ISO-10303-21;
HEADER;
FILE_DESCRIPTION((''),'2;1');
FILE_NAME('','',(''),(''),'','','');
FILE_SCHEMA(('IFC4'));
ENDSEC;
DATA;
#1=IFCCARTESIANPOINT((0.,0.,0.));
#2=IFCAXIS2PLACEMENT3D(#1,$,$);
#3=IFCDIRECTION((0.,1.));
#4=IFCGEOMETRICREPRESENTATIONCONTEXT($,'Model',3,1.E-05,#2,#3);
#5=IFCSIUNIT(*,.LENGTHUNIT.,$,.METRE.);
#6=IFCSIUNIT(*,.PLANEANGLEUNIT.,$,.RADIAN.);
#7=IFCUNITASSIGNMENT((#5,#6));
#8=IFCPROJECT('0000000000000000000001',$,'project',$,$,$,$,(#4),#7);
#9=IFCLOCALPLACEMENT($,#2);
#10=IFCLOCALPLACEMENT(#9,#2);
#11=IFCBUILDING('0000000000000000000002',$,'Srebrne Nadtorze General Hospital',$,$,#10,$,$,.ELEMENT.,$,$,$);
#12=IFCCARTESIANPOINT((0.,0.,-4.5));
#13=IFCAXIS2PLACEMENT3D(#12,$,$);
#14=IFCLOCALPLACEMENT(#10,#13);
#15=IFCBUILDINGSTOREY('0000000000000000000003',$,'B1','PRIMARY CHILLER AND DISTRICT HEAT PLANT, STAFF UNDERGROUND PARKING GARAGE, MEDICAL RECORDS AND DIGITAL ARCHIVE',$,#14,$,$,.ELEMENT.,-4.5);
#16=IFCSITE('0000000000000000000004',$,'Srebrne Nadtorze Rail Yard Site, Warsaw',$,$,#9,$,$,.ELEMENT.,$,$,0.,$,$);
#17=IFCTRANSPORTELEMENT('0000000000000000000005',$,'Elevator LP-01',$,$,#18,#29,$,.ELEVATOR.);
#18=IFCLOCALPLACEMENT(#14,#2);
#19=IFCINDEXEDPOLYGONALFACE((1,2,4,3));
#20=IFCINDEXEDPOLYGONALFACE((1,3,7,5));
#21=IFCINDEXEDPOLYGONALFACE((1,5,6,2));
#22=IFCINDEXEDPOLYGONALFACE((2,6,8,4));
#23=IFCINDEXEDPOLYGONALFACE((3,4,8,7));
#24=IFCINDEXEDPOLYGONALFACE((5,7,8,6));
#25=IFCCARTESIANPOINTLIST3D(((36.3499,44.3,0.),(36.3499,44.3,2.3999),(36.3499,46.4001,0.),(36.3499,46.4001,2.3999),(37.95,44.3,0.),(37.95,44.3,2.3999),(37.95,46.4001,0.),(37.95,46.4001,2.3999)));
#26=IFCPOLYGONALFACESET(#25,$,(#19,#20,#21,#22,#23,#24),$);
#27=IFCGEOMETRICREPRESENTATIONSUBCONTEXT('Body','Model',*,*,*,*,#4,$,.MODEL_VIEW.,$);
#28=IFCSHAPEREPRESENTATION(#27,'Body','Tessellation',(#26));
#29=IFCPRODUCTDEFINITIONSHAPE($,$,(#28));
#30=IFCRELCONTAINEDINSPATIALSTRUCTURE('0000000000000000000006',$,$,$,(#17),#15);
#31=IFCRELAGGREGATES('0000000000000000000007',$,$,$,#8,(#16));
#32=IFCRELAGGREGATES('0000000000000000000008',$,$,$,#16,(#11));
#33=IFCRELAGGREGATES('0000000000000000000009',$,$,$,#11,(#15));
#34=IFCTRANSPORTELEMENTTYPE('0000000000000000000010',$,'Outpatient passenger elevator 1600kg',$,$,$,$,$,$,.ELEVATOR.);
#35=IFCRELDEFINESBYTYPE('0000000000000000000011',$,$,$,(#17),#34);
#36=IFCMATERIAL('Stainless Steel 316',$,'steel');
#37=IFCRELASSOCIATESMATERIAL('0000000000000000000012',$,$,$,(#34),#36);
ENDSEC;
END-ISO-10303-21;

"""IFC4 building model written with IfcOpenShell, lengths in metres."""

from ifc_helpers import new_model, si_unit, direction, frame, origin, origin_2d, place, context, subcontext, project, spatial, rectangle, extrude, material, type_object, element, save


model = new_model("IFC4")

# Units and contexts
model_context = context("Model", 3, precision=1e-05, world=origin(), true_north=direction((0.0, 1.0)))
body_context = subcontext(model_context, "Body", "Model", "MODEL_VIEW")
ifc_project = project(units=[si_unit("LENGTHUNIT", "METRE"), si_unit("PLANEANGLEUNIT", "RADIAN")], contexts=[model_context])

# Site, building, storey
site_placement = place(None, origin())
site = spatial("IfcSite", under=ifc_project, at=site_placement, Name="Srebrne Nadtorze Rail Yard Site, Warsaw", CompositionType="ELEMENT", RefElevation=0.0)
building_placement = place(site_placement, origin())
building = spatial("IfcBuilding", under=site, at=building_placement, Name="Srebrne Nadtorze General Hospital", CompositionType="ELEMENT")
storey_placement = place(building_placement, frame((0.0, 0.0, -4.5)))
storey = spatial("IfcBuildingStorey", under=building, at=storey_placement, Name="B1", Description="PRIMARY CHILLER AND DISTRICT HEAT PLANT, STAFF UNDERGROUND PARKING GARAGE, MEDICAL RECORDS AND DIGITAL ARCHIVE", CompositionType="ELEMENT", Elevation=-4.5)

# Transport element
ifc_material_1 = material(Name="Stainless Steel 316", Category="steel")
transport_element_type_1 = type_object("IfcTransportElementType", Name="Outpatient passenger elevator 1600kg", PredefinedType="ELEVATOR", material=ifc_material_1)
transport_element_1_placement = place(storey_placement, frame((37.1499, 45.3501, 0.0), z_axis=(0.0, 0.0, 1.0), x_axis=(1.0, 0.0, 0.0)))
element("IfcTransportElement", 1, at=transport_element_1_placement, inside=storey, type_object=transport_element_type_1, Name="Elevator LP-01", PredefinedType="ELEVATOR", context=body_context, shape_type="SweptSolid", body=[
    extrude(rectangle(XDim=1.6001, YDim=2.1001, at=origin_2d()), origin(), (0.0, 0.0, 1.0), 2.3999),
])

save(model, "model.ifc")
